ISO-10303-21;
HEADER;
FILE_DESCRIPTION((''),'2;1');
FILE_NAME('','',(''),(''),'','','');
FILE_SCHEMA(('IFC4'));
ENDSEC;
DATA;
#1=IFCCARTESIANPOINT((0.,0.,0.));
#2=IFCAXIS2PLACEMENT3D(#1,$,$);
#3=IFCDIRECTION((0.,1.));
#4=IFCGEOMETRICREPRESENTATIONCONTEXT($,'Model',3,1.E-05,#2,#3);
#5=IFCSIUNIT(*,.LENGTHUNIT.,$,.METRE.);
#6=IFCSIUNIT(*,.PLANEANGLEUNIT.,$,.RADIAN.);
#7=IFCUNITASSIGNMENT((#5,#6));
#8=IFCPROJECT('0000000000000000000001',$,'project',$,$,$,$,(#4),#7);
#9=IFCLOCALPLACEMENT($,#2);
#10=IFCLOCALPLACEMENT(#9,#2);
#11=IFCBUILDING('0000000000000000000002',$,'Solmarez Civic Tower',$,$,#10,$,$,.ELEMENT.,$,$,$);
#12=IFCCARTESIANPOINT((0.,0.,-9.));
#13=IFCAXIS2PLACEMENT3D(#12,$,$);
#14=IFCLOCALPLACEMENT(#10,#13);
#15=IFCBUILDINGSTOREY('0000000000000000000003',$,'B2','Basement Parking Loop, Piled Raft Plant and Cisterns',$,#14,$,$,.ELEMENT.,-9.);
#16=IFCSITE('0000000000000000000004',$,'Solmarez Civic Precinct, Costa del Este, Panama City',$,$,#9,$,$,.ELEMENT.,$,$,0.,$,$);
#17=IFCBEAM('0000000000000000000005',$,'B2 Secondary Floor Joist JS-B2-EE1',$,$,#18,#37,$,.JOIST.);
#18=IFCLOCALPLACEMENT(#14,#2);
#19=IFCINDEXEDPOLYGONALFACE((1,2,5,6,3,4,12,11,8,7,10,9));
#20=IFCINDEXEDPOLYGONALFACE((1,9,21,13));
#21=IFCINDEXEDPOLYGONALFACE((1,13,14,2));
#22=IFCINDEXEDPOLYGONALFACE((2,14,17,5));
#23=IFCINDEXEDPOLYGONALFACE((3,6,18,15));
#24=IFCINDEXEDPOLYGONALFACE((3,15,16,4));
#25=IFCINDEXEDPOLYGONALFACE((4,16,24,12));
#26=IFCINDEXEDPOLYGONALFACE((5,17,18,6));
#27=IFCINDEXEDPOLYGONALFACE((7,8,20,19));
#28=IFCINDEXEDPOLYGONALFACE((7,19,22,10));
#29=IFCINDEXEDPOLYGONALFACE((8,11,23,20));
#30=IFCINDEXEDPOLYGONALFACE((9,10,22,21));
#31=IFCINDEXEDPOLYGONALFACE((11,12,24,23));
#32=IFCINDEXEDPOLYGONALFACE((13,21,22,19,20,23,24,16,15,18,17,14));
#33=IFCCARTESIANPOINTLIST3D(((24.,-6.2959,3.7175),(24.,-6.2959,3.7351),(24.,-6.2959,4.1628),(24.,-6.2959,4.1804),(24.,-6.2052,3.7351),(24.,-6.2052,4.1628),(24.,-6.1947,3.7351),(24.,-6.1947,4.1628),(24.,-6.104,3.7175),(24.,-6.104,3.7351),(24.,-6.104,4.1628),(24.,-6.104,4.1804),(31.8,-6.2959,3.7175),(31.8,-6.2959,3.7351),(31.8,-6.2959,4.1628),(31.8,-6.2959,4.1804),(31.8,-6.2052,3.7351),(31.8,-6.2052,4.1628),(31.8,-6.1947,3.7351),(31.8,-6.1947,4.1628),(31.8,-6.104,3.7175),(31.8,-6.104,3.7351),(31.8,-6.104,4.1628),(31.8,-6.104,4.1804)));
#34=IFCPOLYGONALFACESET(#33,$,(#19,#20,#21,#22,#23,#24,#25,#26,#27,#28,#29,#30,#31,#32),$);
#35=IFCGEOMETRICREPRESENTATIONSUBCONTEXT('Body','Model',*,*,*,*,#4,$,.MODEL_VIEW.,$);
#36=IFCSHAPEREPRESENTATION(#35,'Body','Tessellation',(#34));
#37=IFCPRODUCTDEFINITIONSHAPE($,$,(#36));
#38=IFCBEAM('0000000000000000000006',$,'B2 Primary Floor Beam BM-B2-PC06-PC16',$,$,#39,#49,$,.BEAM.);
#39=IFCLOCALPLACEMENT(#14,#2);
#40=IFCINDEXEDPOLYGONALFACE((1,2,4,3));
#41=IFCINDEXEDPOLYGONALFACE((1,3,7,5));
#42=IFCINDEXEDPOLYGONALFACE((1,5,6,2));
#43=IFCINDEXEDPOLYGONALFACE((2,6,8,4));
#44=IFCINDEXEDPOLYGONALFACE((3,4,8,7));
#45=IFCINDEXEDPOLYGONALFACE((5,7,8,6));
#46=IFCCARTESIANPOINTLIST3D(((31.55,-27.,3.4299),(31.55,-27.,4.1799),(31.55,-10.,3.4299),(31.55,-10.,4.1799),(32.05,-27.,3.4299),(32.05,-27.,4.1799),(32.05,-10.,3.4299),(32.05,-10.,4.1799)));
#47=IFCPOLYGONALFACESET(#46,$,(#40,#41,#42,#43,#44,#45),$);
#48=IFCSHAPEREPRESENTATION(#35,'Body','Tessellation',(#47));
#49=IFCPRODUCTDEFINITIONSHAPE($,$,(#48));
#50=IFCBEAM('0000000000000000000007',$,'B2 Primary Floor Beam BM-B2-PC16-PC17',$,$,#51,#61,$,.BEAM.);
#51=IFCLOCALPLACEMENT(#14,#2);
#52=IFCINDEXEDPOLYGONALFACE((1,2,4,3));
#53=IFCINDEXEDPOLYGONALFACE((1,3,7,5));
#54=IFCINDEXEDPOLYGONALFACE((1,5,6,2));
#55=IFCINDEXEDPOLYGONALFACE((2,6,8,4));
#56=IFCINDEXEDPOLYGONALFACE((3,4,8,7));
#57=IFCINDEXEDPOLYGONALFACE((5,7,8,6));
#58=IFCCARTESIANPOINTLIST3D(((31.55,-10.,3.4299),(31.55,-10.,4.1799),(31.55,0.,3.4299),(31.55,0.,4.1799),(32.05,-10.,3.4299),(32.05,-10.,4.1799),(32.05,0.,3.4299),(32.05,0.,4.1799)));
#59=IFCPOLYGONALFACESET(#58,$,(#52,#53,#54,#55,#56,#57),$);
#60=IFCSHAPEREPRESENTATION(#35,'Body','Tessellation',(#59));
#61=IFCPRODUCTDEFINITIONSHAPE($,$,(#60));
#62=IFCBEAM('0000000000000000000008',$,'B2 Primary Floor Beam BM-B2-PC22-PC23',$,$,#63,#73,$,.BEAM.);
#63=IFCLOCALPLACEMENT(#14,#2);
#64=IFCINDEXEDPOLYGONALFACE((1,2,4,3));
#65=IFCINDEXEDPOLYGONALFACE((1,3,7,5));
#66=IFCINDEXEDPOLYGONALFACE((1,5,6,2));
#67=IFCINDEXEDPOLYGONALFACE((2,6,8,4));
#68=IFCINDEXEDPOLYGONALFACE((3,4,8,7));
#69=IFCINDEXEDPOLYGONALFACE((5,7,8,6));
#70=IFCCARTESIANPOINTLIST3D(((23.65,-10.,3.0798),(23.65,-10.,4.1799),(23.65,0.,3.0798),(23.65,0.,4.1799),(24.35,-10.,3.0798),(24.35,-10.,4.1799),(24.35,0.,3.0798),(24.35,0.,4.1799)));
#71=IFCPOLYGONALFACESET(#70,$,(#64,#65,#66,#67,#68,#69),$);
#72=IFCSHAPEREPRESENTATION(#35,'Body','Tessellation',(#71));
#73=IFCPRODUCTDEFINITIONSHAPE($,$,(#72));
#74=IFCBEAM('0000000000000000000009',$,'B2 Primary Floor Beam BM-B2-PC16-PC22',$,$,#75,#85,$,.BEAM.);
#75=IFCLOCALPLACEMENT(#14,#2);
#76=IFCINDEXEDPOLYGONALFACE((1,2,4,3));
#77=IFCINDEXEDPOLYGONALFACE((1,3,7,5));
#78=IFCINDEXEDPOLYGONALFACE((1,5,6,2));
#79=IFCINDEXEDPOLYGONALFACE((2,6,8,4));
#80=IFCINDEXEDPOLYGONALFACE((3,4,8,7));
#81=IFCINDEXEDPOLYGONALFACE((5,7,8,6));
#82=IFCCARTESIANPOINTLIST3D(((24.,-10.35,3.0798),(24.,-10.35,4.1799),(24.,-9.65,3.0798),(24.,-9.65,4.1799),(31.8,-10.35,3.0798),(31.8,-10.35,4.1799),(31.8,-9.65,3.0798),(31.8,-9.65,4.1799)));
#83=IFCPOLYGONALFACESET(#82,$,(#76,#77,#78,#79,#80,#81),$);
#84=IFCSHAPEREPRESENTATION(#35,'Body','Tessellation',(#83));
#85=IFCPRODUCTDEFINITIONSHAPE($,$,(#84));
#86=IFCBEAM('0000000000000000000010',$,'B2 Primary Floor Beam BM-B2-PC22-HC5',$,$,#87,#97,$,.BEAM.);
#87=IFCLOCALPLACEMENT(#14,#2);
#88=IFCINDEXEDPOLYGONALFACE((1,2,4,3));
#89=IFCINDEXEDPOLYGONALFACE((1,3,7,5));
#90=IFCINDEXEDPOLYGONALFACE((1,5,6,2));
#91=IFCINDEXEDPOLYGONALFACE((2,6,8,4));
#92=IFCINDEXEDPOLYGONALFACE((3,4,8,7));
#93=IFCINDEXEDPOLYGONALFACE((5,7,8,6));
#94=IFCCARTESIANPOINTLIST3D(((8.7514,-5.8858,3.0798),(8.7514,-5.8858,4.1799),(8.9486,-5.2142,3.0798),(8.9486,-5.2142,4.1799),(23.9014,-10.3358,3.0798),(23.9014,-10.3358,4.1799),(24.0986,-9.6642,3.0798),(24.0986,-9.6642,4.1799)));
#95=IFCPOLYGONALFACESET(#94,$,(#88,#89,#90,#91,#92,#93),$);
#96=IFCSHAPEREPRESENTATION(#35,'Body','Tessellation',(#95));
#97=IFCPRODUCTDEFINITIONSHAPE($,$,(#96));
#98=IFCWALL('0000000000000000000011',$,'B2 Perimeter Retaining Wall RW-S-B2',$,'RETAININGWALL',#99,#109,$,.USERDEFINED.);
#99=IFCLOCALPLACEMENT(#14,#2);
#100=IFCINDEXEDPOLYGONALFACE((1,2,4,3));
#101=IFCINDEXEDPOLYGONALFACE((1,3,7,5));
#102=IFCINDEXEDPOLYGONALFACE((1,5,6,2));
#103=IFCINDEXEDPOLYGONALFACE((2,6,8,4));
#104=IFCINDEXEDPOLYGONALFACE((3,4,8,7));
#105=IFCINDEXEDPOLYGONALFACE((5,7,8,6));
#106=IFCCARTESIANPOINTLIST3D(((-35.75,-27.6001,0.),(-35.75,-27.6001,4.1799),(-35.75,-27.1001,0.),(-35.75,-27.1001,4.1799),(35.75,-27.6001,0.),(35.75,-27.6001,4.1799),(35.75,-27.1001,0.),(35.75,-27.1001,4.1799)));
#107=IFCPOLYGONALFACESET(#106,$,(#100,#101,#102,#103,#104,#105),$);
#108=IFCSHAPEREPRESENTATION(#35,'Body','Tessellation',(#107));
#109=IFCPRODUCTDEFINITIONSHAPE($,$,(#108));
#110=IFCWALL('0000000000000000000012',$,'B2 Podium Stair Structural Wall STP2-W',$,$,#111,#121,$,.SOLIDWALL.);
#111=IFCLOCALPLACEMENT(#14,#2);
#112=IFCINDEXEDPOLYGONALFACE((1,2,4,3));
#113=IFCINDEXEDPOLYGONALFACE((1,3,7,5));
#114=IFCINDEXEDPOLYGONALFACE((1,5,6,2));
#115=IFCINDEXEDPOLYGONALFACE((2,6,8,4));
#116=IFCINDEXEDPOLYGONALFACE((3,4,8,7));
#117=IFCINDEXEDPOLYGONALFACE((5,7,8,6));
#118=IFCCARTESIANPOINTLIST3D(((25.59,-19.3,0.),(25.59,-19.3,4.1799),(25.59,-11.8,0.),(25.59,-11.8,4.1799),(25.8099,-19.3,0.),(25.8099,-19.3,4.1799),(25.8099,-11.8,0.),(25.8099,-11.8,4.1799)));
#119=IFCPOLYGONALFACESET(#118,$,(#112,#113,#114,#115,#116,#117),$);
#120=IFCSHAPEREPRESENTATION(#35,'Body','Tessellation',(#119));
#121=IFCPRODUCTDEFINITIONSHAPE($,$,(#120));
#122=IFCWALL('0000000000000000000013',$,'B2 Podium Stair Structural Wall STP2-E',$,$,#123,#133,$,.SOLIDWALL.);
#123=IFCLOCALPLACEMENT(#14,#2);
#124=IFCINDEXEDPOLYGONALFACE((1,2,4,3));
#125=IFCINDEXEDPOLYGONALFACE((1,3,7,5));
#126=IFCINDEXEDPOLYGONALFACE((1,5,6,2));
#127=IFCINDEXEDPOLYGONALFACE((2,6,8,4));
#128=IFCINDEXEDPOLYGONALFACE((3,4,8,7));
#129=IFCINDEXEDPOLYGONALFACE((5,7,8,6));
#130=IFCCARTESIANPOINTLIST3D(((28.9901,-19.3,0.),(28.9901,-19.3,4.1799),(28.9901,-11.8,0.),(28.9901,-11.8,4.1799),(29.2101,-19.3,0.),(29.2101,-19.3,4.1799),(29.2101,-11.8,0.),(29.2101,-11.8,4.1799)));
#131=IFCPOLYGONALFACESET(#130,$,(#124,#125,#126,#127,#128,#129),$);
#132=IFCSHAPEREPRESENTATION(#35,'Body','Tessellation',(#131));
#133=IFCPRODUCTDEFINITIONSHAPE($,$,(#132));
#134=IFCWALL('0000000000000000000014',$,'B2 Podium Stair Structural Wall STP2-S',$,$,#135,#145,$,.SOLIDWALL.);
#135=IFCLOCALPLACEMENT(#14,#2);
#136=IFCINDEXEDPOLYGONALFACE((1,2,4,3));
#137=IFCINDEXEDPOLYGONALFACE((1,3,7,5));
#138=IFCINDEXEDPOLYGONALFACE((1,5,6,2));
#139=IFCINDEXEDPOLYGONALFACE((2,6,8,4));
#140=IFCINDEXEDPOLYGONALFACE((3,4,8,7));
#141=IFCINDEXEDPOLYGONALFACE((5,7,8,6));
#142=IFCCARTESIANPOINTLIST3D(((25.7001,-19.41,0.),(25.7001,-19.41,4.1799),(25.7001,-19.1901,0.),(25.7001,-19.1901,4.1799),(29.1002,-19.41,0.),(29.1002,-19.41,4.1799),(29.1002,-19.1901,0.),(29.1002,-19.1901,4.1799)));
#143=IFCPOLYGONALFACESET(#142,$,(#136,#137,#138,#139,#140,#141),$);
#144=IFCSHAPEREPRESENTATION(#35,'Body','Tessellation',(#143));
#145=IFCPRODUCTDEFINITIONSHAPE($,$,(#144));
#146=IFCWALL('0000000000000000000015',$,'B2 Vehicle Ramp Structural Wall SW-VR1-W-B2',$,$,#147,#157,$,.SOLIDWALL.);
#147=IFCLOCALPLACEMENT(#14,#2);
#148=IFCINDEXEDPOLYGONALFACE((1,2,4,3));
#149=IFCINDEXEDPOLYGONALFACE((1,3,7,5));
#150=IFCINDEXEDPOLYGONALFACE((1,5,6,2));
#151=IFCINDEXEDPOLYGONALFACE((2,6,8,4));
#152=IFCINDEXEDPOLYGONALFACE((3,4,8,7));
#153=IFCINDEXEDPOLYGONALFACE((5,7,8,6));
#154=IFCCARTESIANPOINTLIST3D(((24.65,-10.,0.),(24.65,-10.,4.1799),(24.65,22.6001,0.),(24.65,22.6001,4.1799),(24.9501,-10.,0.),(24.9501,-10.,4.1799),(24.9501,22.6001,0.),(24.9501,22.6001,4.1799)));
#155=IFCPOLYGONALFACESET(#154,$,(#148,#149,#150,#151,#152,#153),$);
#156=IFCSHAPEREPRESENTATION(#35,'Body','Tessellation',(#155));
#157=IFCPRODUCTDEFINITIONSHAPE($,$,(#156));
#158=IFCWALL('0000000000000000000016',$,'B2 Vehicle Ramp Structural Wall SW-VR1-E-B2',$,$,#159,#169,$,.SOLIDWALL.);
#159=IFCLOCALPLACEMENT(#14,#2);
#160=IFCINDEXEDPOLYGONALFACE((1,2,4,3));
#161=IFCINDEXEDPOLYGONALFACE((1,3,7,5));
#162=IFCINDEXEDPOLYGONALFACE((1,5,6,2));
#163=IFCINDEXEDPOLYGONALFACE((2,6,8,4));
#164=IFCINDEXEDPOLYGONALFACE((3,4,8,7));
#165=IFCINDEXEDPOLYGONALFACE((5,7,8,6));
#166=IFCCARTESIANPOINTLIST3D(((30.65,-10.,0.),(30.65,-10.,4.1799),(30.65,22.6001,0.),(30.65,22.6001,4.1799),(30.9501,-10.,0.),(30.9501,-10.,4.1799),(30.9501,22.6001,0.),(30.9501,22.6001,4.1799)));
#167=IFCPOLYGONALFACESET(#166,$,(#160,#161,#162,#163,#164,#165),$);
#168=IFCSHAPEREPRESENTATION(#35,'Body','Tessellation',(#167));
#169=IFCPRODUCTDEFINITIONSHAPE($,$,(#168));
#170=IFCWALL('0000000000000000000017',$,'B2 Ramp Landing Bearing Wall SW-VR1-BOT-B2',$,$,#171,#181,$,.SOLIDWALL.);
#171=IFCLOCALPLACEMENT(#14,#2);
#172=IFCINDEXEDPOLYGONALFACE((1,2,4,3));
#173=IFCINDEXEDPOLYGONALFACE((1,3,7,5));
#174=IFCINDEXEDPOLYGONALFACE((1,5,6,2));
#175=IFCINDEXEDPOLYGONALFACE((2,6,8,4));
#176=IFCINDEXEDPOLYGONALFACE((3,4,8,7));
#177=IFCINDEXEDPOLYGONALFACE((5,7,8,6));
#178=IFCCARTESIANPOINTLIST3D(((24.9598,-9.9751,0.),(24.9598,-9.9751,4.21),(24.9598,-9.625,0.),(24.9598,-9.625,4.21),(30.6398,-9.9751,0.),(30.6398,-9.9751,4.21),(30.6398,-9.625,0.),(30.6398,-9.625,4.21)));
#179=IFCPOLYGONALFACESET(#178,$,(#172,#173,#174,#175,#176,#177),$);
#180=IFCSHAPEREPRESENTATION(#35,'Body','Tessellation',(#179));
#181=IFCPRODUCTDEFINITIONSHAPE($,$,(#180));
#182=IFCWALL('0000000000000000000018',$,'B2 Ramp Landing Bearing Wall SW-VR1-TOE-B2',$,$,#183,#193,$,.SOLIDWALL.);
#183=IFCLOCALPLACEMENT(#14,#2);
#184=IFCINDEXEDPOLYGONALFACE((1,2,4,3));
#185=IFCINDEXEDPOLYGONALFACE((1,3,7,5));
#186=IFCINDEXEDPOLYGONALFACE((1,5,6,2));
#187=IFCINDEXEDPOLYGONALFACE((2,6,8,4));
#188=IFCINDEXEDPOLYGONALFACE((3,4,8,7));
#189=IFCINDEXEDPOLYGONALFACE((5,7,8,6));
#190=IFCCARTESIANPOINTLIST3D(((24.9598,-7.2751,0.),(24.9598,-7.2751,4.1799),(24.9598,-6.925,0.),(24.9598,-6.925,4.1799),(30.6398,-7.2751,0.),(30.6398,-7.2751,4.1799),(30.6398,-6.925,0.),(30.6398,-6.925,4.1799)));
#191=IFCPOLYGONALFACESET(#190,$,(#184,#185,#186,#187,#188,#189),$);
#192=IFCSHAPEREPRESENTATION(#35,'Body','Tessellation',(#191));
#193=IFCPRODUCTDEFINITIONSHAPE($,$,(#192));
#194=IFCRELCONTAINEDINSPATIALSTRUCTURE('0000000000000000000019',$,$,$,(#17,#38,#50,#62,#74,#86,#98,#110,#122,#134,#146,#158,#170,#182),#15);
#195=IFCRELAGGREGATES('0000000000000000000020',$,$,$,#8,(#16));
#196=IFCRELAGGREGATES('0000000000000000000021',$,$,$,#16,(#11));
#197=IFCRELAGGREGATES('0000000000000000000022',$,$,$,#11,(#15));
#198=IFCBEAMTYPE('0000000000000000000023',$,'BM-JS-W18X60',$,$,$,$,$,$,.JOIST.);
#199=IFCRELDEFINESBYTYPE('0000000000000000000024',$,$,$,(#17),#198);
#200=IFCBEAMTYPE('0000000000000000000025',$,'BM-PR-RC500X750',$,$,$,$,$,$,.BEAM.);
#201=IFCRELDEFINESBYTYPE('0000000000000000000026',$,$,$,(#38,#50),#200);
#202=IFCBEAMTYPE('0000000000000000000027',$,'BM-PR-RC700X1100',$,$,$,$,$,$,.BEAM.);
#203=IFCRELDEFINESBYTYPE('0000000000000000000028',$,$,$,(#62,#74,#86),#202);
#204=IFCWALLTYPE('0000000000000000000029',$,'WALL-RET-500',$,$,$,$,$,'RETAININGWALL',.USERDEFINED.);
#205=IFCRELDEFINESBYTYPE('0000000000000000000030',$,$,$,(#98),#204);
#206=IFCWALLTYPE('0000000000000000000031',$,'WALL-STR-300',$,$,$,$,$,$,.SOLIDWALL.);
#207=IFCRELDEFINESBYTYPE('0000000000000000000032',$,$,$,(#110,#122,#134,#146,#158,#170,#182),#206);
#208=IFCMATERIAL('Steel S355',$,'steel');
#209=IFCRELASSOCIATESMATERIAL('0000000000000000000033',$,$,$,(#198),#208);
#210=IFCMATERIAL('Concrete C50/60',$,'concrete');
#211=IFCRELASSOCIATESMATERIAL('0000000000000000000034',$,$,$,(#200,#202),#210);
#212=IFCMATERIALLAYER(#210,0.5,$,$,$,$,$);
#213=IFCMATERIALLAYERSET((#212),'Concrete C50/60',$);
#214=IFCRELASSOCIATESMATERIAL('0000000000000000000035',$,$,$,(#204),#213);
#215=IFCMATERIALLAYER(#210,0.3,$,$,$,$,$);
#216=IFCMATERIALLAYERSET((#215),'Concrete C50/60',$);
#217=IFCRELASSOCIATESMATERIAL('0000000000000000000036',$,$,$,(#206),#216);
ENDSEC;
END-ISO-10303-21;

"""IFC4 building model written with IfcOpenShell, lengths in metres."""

from ifc_helpers import new_model, si_unit, direction, frame, frame_2d, origin, origin_2d, place, context, subcontext, project, spatial, rectangle, i_section, extrude, material, layer, layer_set, material_profile, profile_set, type_object, element, save


model = new_model("IFC4")

# Units and contexts
model_context = context("Model", 3, precision=1e-05, world=origin(), true_north=direction((0.0, 1.0)))
body_context = subcontext(model_context, "Body", "Model", "MODEL_VIEW")
ifc_project = project(units=[si_unit("LENGTHUNIT", "METRE"), si_unit("PLANEANGLEUNIT", "RADIAN")], contexts=[model_context])

# Site, building, storey
site_placement = place(None, origin())
site = spatial("IfcSite", under=ifc_project, at=site_placement, Name="Solmarez Civic Precinct, Costa del Este, Panama City", CompositionType="ELEMENT", RefElevation=0.0)
building_placement = place(site_placement, origin())
building = spatial("IfcBuilding", under=site, at=building_placement, Name="Solmarez Civic Tower", CompositionType="ELEMENT")
storey_placement = place(building_placement, frame((0.0, 0.0, -9.0)))
storey = spatial("IfcBuildingStorey", under=building, at=storey_placement, Name="B2", Description="Basement Parking Loop, Piled Raft Plant and Cisterns", CompositionType="ELEMENT", Elevation=-9.0)

# Beams
ifc_material_1 = material(Name="Steel S355", Category="steel")
ifc_material_profile_1 = material_profile(ifc_material_1, i_section(OverallWidth=0.1919, OverallDepth=0.4629, WebThickness=0.0105, FlangeThickness=0.0176, at=origin_2d()), Name="W18X60")
ifc_profile_set_1 = profile_set([ifc_material_profile_1], Name="Steel S355")
beam_type_1 = type_object("IfcBeamType", Name="BM-JS-W18X60", PredefinedType="JOIST", material=ifc_profile_set_1)
beam_1_placement = place(storey_placement, frame((24.0, -6.2, 3.949), z_axis=(1.0, 0.0, 0.0), x_axis=(0.0, 1.0, 0.0)))
element("IfcBeam", 1, at=beam_1_placement, inside=storey, type_object=beam_type_1, Name="B2 Secondary Floor Joist JS-B2-EE1", PredefinedType="JOIST", context=body_context, shape_type="SweptSolid", body=[
    extrude(i_section(OverallWidth=0.1919, OverallDepth=0.4629, WebThickness=0.0105, FlangeThickness=0.0176, at=origin_2d()), origin(), (0.0, 0.0, 1.0), 7.8),
])
ifc_material_2 = material(Name="Concrete C50/60", Category="concrete")
ifc_material_profile_2 = material_profile(ifc_material_2, rectangle(XDim=0.5, YDim=0.75, at=origin_2d()), Name="RC500X750")
ifc_profile_set_2 = profile_set([ifc_material_profile_2], Name="Concrete C50/60")
beam_type_2 = type_object("IfcBeamType", Name="BM-PR-RC500X750", PredefinedType="BEAM", material=ifc_profile_set_2)
beam_2_placement = place(storey_placement, frame((31.8, -27.0, 3.8049), z_axis=(0.0, 1.0, 0.0), x_axis=(-1.0, 0.0, 0.0)))
element("IfcBeam", 2, at=beam_2_placement, inside=storey, type_object=beam_type_2, Name="B2 Primary Floor Beam BM-B2-PC06-PC16", PredefinedType="BEAM", context=body_context, shape_type="SweptSolid", body=[
    extrude(rectangle(XDim=0.5, YDim=0.75, at=origin_2d()), origin(), (0.0, 0.0, 1.0), 17.0),
])
beam_3_placement = place(storey_placement, frame((31.8, -10.0, 3.8049), z_axis=(0.0, 1.0, 0.0), x_axis=(-1.0, 0.0, 0.0)))
element("IfcBeam", 3, at=beam_3_placement, inside=storey, type_object=beam_type_2, Name="B2 Primary Floor Beam BM-B2-PC16-PC17", PredefinedType="BEAM", context=body_context, shape_type="SweptSolid", body=[
    extrude(rectangle(XDim=0.5, YDim=0.75, at=origin_2d()), origin(), (0.0, 0.0, 1.0), 10.0),
])
ifc_material_profile_3 = material_profile(ifc_material_2, rectangle(XDim=0.7, YDim=1.1001, at=origin_2d()), Name="RC700X1100")
ifc_profile_set_3 = profile_set([ifc_material_profile_3], Name="Concrete C50/60")
beam_type_3 = type_object("IfcBeamType", Name="BM-PR-RC700X1100", PredefinedType="BEAM", material=ifc_profile_set_3)
beam_4_placement = place(storey_placement, frame((24.0, -10.0, 3.6299), z_axis=(0.0, 1.0, 0.0), x_axis=(-1.0, 0.0, 0.0)))
element("IfcBeam", 4, at=beam_4_placement, inside=storey, type_object=beam_type_3, Name="B2 Primary Floor Beam BM-B2-PC22-PC23", PredefinedType="BEAM", context=body_context, shape_type="SweptSolid", body=[
    extrude(rectangle(XDim=0.7, YDim=1.1001, at=origin_2d()), origin(), (0.0, 0.0, 1.0), 10.0),
])
beam_5_placement = place(storey_placement, frame((31.8, -10.0, 3.6299), z_axis=(-1.0, 0.0, 0.0), x_axis=(0.0, -1.0, 0.0)))
element("IfcBeam", 5, at=beam_5_placement, inside=storey, type_object=beam_type_3, Name="B2 Primary Floor Beam BM-B2-PC16-PC22", PredefinedType="BEAM", context=body_context, shape_type="SweptSolid", body=[
    extrude(rectangle(XDim=0.7, YDim=1.1001, at=origin_2d()), origin(), (0.0, 0.0, 1.0), 7.8),
])
beam_6_placement = place(storey_placement, frame((24.0, -10.0, 3.6299), z_axis=(-0.959467, 0.281822, 0.0), x_axis=(-0.281822, -0.959467, 0.0)))
element("IfcBeam", 6, at=beam_6_placement, inside=storey, type_object=beam_type_3, Name="B2 Primary Floor Beam BM-B2-PC22-HC5", PredefinedType="BEAM", context=body_context, shape_type="SweptSolid", body=[
    extrude(rectangle(XDim=0.7, YDim=1.1001, at=origin_2d()), origin(), (0.0, 0.0, 1.0), 15.79),
])

# Walls
ifc_layer_1 = layer(ifc_material_2, 0.5)
ifc_layer_set_1 = layer_set([ifc_layer_1], Name="Concrete C50/60")
wall_type_1 = type_object("IfcWallType", Name="WALL-RET-500", ElementType="RETAININGWALL", PredefinedType="USERDEFINED", material=ifc_layer_set_1)
wall_1_placement = place(storey_placement, frame((35.75, -27.3501, 0.0), z_axis=(0.0, 0.0, 1.0), x_axis=(-1.0, 0.0, 0.0)))
element("IfcWall", 7, at=wall_1_placement, inside=storey, type_object=wall_type_1, Name="B2 Perimeter Retaining Wall RW-S-B2", ObjectType="RETAININGWALL", PredefinedType="USERDEFINED", context=body_context, shape_type="SweptSolid", body=[
    extrude(rectangle(XDim=71.5, YDim=0.5, at=frame_2d((35.75, 0.0))), origin(), (0.0, 0.0, 1.0), 4.1799),
])
ifc_layer_2 = layer(ifc_material_2, 0.3)
ifc_layer_set_2 = layer_set([ifc_layer_2], Name="Concrete C50/60")
wall_type_2 = type_object("IfcWallType", Name="WALL-STR-300", PredefinedType="SOLIDWALL", material=ifc_layer_set_2)
for number, where, z_axis, x_axis, name in (
    (8, (25.7, -19.3, 0.0), (0.0, 0.0, 1.0), (0.0, 1.0, 0.0), "B2 Podium Stair Structural Wall STP2-W"),
    (9, (29.1001, -19.3, 0.0), (0.0, 0.0, 1.0), (0.0, 1.0, 0.0), "B2 Podium Stair Structural Wall STP2-E"),
):
    element("IfcWall", number, at=place(storey_placement, frame(where, z_axis=z_axis, x_axis=x_axis)), inside=storey, type_object=wall_type_2, Name=name, PredefinedType="SOLIDWALL", context=body_context, shape_type="SweptSolid", body=[
        extrude(rectangle(XDim=7.5, YDim=0.22, at=frame_2d((3.75, 0.0))), origin(), (0.0, 0.0, 1.0), 4.1799),
    ])
wall_2_placement = place(storey_placement, frame((25.7, -19.3, 0.0), z_axis=(0.0, 0.0, 1.0), x_axis=(1.0, 0.0, 0.0)))
element("IfcWall", 10, at=wall_2_placement, inside=storey, type_object=wall_type_2, Name="B2 Podium Stair Structural Wall STP2-S", PredefinedType="SOLIDWALL", context=body_context, shape_type="SweptSolid", body=[
    extrude(rectangle(XDim=3.4001, YDim=0.22, at=frame_2d((1.7002, 0.0))), origin(), (0.0, 0.0, 1.0), 4.1799),
])
for number, where, z_axis, x_axis, name in (
    (11, (24.8, -10.0, 0.0), (0.0, 0.0, 1.0), (0.0, 1.0, 0.0), "B2 Vehicle Ramp Structural Wall SW-VR1-W-B2"),
    (12, (30.8, -10.0, 0.0), (0.0, 0.0, 1.0), (0.0, 1.0, 0.0), "B2 Vehicle Ramp Structural Wall SW-VR1-E-B2"),
):
    element("IfcWall", number, at=place(storey_placement, frame(where, z_axis=z_axis, x_axis=x_axis)), inside=storey, type_object=wall_type_2, Name=name, PredefinedType="SOLIDWALL", context=body_context, shape_type="SweptSolid", body=[
        extrude(rectangle(XDim=32.6001, YDim=0.3, at=frame_2d((16.3, 0.0))), origin(), (0.0, 0.0, 1.0), 4.1799),
    ])
wall_3_placement = place(storey_placement, frame((24.96, -9.8, 0.0), z_axis=(0.0, 0.0, 1.0), x_axis=(1.0, 0.0, 0.0)))
element("IfcWall", 13, at=wall_3_placement, inside=storey, type_object=wall_type_2, Name="B2 Ramp Landing Bearing Wall SW-VR1-BOT-B2", PredefinedType="SOLIDWALL", context=body_context, shape_type="SweptSolid", body=[
    extrude(rectangle(XDim=5.6799, YDim=0.3501, at=frame_2d((2.8398, 0.0))), origin(), (0.0, 0.0, 1.0), 4.21),
])
wall_4_placement = place(storey_placement, frame((24.96, -7.1001, 0.0), z_axis=(0.0, 0.0, 1.0), x_axis=(1.0, 0.0, 0.0)))
element("IfcWall", 14, at=wall_4_placement, inside=storey, type_object=wall_type_2, Name="B2 Ramp Landing Bearing Wall SW-VR1-TOE-B2", PredefinedType="SOLIDWALL", context=body_context, shape_type="SweptSolid", body=[
    extrude(rectangle(XDim=5.6799, YDim=0.3501, at=frame_2d((2.8398, 0.0))), origin(), (0.0, 0.0, 1.0), 4.1799),
])

save(model, "model.ifc")
